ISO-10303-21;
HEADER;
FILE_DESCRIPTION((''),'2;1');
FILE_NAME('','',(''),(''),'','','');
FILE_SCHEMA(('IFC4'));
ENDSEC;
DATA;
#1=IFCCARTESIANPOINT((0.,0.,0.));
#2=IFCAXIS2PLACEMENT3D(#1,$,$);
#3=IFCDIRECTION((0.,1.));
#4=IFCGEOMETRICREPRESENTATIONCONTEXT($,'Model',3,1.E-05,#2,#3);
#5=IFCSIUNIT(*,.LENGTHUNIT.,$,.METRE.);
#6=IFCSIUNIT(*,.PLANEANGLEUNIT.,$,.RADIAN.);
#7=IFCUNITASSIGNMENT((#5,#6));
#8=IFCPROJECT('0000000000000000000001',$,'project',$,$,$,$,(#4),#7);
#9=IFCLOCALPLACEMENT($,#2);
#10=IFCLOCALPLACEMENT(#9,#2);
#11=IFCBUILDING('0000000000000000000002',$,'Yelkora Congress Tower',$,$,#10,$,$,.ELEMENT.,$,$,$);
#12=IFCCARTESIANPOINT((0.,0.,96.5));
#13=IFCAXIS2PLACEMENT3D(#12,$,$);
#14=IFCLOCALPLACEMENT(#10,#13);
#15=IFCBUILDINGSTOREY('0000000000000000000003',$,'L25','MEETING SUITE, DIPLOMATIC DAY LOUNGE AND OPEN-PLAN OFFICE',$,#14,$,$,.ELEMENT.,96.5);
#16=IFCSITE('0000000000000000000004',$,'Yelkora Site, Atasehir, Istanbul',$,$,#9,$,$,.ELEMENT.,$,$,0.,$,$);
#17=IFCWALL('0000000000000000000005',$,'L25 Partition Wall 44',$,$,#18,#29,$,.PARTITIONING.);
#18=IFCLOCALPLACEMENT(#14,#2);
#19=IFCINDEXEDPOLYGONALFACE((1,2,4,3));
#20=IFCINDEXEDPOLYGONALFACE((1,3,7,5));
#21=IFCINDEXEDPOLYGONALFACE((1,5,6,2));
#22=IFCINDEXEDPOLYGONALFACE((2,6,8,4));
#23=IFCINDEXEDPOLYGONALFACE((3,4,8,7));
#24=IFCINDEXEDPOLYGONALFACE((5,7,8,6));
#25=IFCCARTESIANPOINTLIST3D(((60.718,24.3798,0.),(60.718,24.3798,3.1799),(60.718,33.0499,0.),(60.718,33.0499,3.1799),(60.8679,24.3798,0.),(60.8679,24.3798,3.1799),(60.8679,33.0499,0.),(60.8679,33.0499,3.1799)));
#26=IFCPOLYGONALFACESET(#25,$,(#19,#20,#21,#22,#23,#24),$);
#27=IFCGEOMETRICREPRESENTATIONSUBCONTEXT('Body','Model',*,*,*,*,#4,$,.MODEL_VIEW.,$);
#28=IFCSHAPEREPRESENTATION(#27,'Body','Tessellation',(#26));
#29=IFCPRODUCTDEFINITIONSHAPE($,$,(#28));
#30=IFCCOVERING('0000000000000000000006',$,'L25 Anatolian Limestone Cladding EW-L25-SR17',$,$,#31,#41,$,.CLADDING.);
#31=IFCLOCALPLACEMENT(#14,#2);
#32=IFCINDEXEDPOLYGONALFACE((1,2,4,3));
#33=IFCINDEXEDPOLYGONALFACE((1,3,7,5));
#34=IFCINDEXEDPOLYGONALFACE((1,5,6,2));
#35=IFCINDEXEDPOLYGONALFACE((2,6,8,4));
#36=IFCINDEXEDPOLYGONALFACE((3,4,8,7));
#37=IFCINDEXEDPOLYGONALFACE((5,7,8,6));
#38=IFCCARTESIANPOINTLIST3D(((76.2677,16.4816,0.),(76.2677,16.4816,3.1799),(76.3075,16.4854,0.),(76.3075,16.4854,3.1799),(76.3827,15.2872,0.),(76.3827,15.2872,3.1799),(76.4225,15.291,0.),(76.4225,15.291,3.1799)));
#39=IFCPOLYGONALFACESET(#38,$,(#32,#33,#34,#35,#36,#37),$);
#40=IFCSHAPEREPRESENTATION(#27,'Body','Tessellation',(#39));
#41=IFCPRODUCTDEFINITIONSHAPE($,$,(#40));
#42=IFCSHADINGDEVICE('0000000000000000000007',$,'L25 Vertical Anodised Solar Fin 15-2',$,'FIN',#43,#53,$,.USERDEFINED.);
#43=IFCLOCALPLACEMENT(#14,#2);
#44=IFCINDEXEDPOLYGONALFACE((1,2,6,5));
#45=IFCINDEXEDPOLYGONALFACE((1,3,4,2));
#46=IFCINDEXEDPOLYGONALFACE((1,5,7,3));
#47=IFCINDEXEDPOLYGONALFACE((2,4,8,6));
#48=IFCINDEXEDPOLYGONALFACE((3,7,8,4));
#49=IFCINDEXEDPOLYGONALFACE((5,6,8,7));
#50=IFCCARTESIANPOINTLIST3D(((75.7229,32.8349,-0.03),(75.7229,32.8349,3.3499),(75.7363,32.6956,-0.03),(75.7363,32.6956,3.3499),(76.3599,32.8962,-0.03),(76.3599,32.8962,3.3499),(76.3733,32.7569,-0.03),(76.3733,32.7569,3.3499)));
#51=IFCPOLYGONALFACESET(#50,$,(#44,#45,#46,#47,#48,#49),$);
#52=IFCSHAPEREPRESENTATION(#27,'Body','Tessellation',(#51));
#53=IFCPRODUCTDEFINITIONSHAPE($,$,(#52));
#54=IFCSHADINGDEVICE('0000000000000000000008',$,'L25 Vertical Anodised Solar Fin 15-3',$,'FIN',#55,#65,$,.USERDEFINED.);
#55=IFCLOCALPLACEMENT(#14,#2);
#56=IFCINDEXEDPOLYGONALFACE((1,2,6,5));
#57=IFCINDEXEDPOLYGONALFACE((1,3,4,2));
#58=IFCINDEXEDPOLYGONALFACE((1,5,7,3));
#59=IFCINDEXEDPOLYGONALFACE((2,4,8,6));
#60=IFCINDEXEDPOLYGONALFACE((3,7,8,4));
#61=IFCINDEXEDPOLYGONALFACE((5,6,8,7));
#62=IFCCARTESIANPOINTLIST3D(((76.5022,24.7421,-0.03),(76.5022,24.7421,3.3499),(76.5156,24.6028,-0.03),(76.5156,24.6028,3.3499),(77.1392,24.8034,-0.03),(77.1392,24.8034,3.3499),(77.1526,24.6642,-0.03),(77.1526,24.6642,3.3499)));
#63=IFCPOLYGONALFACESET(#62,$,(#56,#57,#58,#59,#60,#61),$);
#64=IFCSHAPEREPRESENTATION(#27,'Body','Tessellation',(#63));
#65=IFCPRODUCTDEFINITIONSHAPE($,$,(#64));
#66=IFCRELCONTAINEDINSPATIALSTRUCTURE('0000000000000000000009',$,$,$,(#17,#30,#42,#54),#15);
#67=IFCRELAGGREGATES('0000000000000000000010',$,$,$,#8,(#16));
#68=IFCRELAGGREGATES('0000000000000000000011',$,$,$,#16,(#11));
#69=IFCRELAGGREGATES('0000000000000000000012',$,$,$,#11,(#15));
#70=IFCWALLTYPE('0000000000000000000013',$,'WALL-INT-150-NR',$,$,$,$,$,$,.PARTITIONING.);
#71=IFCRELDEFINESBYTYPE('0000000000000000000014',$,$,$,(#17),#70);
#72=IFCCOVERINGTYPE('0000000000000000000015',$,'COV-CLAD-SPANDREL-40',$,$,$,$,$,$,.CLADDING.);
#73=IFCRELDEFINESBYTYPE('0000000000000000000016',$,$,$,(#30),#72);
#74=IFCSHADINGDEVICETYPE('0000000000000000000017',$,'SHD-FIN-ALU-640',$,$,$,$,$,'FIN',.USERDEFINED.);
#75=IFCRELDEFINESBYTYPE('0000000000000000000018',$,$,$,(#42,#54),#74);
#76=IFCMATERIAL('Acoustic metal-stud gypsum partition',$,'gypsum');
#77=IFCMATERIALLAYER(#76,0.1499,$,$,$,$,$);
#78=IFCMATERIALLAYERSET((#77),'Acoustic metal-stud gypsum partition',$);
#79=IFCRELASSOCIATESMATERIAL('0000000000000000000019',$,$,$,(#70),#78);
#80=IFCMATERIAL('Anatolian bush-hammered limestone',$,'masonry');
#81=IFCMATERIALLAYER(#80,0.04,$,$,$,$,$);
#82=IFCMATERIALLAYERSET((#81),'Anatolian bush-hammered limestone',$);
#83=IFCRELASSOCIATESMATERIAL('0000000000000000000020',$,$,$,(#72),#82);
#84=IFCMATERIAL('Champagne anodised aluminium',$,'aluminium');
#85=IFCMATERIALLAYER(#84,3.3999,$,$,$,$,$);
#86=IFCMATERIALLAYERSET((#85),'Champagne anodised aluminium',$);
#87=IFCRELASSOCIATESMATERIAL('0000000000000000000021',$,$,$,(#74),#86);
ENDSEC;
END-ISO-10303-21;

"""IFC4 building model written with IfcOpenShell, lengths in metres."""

from ifc_helpers import new_model, si_unit, direction, frame, frame_2d, origin, origin_2d, place, context, subcontext, project, spatial, rectangle, extrude, material, layer, layer_set, type_object, element, save


model = new_model("IFC4")

# Units and contexts
model_context = context("Model", 3, precision=1e-05, world=origin(), true_north=direction((0.0, 1.0)))
body_context = subcontext(model_context, "Body", "Model", "MODEL_VIEW")
ifc_project = project(units=[si_unit("LENGTHUNIT", "METRE"), si_unit("PLANEANGLEUNIT", "RADIAN")], contexts=[model_context])

# Site, building, storey
site_placement = place(None, origin())
site = spatial("IfcSite", under=ifc_project, at=site_placement, Name="Yelkora Site, Atasehir, Istanbul", CompositionType="ELEMENT", RefElevation=0.0)
building_placement = place(site_placement, origin())
building = spatial("IfcBuilding", under=site, at=building_placement, Name="Yelkora Congress Tower", CompositionType="ELEMENT")
storey_placement = place(building_placement, frame((0.0, 0.0, 96.5)))
storey = spatial("IfcBuildingStorey", under=building, at=storey_placement, Name="L25", Description="MEETING SUITE, DIPLOMATIC DAY LOUNGE AND OPEN-PLAN OFFICE", CompositionType="ELEMENT", Elevation=96.5)

# Shared definitions
ifc_material_1 = material(Name="Acoustic metal-stud gypsum partition", Category="gypsum")
ifc_layer_1 = layer(ifc_material_1, 0.1499)
ifc_layer_set_1 = layer_set([ifc_layer_1], Name="Acoustic metal-stud gypsum partition")
wall_type_1 = type_object("IfcWallType", Name="WALL-INT-150-NR", PredefinedType="PARTITIONING", material=ifc_layer_set_1)

# Wall
wall_1_placement = place(storey_placement, frame((60.793, 24.3799, 0.0), z_axis=(0.0, 0.0, 1.0), x_axis=(0.0, 1.0, 0.0)))
element("IfcWall", 1, at=wall_1_placement, inside=storey, type_object=wall_type_1, Name="L25 Partition Wall 44", PredefinedType="PARTITIONING", context=body_context, shape_type="SweptSolid", body=[
    extrude(rectangle(XDim=8.6702, YDim=0.1499, at=frame_2d((4.335, 0.0))), origin(), (0.0, 0.0, 1.0), 3.1799),
])

# Covering
ifc_material_2 = material(Name="Anatolian bush-hammered limestone", Category="masonry")
ifc_layer_2 = layer(ifc_material_2, 0.04)
ifc_layer_set_2 = layer_set([ifc_layer_2], Name="Anatolian bush-hammered limestone")
covering_type = type_object("IfcCoveringType", Name="COV-CLAD-SPANDREL-40", PredefinedType="CLADDING", material=ifc_layer_set_2)
covering_placement = place(storey_placement, frame((76.2876, 16.4836, 0.0), z_axis=(0.0, 0.0, 1.0), x_axis=(0.095836, -0.995397, 0.0)))
element("IfcCovering", 2, at=covering_placement, inside=storey, type_object=covering_type, Name="L25 Anatolian Limestone Cladding EW-L25-SR17", PredefinedType="CLADDING", context=body_context, shape_type="SweptSolid", body=[
    extrude(rectangle(XDim=1.2, YDim=0.04, at=frame_2d((0.6001, 0.0))), origin(), (0.0, 0.0, 1.0), 3.1799),
])

# Shading devices
ifc_material_3 = material(Name="Champagne anodised aluminium", Category="aluminium")
ifc_layer_3 = layer(ifc_material_3, 3.3999)
ifc_layer_set_3 = layer_set([ifc_layer_3], Name="Champagne anodised aluminium")
shading_device_type = type_object("IfcShadingDeviceType", Name="SHD-FIN-ALU-640", ElementType="FIN", PredefinedType="USERDEFINED", material=ifc_layer_set_3)
for number, where, z_axis, x_axis, name in (
    (3, (76.0481, 32.7959, -0.03), (0.0, 0.0, 1.0), (0.095846, -0.995396, 0.0), "L25 Vertical Anodised Solar Fin 15-2"),
    (4, (76.8274, 24.7031, -0.03), (0.0, 0.0, 1.0), (0.095846, -0.995396, 0.0), "L25 Vertical Anodised Solar Fin 15-3"),
):
    element("IfcShadingDevice", number, at=place(storey_placement, frame(where, z_axis=z_axis, x_axis=x_axis)), inside=storey, type_object=shading_device_type, Name=name, ObjectType="FIN", PredefinedType="USERDEFINED", context=body_context, shape_type="SweptSolid", body=[
        extrude(rectangle(XDim=0.1399, YDim=0.6399, at=origin_2d()), origin(), (0.0, 0.0, 1.0), 3.3799),
    ])

save(model, "model.ifc")
